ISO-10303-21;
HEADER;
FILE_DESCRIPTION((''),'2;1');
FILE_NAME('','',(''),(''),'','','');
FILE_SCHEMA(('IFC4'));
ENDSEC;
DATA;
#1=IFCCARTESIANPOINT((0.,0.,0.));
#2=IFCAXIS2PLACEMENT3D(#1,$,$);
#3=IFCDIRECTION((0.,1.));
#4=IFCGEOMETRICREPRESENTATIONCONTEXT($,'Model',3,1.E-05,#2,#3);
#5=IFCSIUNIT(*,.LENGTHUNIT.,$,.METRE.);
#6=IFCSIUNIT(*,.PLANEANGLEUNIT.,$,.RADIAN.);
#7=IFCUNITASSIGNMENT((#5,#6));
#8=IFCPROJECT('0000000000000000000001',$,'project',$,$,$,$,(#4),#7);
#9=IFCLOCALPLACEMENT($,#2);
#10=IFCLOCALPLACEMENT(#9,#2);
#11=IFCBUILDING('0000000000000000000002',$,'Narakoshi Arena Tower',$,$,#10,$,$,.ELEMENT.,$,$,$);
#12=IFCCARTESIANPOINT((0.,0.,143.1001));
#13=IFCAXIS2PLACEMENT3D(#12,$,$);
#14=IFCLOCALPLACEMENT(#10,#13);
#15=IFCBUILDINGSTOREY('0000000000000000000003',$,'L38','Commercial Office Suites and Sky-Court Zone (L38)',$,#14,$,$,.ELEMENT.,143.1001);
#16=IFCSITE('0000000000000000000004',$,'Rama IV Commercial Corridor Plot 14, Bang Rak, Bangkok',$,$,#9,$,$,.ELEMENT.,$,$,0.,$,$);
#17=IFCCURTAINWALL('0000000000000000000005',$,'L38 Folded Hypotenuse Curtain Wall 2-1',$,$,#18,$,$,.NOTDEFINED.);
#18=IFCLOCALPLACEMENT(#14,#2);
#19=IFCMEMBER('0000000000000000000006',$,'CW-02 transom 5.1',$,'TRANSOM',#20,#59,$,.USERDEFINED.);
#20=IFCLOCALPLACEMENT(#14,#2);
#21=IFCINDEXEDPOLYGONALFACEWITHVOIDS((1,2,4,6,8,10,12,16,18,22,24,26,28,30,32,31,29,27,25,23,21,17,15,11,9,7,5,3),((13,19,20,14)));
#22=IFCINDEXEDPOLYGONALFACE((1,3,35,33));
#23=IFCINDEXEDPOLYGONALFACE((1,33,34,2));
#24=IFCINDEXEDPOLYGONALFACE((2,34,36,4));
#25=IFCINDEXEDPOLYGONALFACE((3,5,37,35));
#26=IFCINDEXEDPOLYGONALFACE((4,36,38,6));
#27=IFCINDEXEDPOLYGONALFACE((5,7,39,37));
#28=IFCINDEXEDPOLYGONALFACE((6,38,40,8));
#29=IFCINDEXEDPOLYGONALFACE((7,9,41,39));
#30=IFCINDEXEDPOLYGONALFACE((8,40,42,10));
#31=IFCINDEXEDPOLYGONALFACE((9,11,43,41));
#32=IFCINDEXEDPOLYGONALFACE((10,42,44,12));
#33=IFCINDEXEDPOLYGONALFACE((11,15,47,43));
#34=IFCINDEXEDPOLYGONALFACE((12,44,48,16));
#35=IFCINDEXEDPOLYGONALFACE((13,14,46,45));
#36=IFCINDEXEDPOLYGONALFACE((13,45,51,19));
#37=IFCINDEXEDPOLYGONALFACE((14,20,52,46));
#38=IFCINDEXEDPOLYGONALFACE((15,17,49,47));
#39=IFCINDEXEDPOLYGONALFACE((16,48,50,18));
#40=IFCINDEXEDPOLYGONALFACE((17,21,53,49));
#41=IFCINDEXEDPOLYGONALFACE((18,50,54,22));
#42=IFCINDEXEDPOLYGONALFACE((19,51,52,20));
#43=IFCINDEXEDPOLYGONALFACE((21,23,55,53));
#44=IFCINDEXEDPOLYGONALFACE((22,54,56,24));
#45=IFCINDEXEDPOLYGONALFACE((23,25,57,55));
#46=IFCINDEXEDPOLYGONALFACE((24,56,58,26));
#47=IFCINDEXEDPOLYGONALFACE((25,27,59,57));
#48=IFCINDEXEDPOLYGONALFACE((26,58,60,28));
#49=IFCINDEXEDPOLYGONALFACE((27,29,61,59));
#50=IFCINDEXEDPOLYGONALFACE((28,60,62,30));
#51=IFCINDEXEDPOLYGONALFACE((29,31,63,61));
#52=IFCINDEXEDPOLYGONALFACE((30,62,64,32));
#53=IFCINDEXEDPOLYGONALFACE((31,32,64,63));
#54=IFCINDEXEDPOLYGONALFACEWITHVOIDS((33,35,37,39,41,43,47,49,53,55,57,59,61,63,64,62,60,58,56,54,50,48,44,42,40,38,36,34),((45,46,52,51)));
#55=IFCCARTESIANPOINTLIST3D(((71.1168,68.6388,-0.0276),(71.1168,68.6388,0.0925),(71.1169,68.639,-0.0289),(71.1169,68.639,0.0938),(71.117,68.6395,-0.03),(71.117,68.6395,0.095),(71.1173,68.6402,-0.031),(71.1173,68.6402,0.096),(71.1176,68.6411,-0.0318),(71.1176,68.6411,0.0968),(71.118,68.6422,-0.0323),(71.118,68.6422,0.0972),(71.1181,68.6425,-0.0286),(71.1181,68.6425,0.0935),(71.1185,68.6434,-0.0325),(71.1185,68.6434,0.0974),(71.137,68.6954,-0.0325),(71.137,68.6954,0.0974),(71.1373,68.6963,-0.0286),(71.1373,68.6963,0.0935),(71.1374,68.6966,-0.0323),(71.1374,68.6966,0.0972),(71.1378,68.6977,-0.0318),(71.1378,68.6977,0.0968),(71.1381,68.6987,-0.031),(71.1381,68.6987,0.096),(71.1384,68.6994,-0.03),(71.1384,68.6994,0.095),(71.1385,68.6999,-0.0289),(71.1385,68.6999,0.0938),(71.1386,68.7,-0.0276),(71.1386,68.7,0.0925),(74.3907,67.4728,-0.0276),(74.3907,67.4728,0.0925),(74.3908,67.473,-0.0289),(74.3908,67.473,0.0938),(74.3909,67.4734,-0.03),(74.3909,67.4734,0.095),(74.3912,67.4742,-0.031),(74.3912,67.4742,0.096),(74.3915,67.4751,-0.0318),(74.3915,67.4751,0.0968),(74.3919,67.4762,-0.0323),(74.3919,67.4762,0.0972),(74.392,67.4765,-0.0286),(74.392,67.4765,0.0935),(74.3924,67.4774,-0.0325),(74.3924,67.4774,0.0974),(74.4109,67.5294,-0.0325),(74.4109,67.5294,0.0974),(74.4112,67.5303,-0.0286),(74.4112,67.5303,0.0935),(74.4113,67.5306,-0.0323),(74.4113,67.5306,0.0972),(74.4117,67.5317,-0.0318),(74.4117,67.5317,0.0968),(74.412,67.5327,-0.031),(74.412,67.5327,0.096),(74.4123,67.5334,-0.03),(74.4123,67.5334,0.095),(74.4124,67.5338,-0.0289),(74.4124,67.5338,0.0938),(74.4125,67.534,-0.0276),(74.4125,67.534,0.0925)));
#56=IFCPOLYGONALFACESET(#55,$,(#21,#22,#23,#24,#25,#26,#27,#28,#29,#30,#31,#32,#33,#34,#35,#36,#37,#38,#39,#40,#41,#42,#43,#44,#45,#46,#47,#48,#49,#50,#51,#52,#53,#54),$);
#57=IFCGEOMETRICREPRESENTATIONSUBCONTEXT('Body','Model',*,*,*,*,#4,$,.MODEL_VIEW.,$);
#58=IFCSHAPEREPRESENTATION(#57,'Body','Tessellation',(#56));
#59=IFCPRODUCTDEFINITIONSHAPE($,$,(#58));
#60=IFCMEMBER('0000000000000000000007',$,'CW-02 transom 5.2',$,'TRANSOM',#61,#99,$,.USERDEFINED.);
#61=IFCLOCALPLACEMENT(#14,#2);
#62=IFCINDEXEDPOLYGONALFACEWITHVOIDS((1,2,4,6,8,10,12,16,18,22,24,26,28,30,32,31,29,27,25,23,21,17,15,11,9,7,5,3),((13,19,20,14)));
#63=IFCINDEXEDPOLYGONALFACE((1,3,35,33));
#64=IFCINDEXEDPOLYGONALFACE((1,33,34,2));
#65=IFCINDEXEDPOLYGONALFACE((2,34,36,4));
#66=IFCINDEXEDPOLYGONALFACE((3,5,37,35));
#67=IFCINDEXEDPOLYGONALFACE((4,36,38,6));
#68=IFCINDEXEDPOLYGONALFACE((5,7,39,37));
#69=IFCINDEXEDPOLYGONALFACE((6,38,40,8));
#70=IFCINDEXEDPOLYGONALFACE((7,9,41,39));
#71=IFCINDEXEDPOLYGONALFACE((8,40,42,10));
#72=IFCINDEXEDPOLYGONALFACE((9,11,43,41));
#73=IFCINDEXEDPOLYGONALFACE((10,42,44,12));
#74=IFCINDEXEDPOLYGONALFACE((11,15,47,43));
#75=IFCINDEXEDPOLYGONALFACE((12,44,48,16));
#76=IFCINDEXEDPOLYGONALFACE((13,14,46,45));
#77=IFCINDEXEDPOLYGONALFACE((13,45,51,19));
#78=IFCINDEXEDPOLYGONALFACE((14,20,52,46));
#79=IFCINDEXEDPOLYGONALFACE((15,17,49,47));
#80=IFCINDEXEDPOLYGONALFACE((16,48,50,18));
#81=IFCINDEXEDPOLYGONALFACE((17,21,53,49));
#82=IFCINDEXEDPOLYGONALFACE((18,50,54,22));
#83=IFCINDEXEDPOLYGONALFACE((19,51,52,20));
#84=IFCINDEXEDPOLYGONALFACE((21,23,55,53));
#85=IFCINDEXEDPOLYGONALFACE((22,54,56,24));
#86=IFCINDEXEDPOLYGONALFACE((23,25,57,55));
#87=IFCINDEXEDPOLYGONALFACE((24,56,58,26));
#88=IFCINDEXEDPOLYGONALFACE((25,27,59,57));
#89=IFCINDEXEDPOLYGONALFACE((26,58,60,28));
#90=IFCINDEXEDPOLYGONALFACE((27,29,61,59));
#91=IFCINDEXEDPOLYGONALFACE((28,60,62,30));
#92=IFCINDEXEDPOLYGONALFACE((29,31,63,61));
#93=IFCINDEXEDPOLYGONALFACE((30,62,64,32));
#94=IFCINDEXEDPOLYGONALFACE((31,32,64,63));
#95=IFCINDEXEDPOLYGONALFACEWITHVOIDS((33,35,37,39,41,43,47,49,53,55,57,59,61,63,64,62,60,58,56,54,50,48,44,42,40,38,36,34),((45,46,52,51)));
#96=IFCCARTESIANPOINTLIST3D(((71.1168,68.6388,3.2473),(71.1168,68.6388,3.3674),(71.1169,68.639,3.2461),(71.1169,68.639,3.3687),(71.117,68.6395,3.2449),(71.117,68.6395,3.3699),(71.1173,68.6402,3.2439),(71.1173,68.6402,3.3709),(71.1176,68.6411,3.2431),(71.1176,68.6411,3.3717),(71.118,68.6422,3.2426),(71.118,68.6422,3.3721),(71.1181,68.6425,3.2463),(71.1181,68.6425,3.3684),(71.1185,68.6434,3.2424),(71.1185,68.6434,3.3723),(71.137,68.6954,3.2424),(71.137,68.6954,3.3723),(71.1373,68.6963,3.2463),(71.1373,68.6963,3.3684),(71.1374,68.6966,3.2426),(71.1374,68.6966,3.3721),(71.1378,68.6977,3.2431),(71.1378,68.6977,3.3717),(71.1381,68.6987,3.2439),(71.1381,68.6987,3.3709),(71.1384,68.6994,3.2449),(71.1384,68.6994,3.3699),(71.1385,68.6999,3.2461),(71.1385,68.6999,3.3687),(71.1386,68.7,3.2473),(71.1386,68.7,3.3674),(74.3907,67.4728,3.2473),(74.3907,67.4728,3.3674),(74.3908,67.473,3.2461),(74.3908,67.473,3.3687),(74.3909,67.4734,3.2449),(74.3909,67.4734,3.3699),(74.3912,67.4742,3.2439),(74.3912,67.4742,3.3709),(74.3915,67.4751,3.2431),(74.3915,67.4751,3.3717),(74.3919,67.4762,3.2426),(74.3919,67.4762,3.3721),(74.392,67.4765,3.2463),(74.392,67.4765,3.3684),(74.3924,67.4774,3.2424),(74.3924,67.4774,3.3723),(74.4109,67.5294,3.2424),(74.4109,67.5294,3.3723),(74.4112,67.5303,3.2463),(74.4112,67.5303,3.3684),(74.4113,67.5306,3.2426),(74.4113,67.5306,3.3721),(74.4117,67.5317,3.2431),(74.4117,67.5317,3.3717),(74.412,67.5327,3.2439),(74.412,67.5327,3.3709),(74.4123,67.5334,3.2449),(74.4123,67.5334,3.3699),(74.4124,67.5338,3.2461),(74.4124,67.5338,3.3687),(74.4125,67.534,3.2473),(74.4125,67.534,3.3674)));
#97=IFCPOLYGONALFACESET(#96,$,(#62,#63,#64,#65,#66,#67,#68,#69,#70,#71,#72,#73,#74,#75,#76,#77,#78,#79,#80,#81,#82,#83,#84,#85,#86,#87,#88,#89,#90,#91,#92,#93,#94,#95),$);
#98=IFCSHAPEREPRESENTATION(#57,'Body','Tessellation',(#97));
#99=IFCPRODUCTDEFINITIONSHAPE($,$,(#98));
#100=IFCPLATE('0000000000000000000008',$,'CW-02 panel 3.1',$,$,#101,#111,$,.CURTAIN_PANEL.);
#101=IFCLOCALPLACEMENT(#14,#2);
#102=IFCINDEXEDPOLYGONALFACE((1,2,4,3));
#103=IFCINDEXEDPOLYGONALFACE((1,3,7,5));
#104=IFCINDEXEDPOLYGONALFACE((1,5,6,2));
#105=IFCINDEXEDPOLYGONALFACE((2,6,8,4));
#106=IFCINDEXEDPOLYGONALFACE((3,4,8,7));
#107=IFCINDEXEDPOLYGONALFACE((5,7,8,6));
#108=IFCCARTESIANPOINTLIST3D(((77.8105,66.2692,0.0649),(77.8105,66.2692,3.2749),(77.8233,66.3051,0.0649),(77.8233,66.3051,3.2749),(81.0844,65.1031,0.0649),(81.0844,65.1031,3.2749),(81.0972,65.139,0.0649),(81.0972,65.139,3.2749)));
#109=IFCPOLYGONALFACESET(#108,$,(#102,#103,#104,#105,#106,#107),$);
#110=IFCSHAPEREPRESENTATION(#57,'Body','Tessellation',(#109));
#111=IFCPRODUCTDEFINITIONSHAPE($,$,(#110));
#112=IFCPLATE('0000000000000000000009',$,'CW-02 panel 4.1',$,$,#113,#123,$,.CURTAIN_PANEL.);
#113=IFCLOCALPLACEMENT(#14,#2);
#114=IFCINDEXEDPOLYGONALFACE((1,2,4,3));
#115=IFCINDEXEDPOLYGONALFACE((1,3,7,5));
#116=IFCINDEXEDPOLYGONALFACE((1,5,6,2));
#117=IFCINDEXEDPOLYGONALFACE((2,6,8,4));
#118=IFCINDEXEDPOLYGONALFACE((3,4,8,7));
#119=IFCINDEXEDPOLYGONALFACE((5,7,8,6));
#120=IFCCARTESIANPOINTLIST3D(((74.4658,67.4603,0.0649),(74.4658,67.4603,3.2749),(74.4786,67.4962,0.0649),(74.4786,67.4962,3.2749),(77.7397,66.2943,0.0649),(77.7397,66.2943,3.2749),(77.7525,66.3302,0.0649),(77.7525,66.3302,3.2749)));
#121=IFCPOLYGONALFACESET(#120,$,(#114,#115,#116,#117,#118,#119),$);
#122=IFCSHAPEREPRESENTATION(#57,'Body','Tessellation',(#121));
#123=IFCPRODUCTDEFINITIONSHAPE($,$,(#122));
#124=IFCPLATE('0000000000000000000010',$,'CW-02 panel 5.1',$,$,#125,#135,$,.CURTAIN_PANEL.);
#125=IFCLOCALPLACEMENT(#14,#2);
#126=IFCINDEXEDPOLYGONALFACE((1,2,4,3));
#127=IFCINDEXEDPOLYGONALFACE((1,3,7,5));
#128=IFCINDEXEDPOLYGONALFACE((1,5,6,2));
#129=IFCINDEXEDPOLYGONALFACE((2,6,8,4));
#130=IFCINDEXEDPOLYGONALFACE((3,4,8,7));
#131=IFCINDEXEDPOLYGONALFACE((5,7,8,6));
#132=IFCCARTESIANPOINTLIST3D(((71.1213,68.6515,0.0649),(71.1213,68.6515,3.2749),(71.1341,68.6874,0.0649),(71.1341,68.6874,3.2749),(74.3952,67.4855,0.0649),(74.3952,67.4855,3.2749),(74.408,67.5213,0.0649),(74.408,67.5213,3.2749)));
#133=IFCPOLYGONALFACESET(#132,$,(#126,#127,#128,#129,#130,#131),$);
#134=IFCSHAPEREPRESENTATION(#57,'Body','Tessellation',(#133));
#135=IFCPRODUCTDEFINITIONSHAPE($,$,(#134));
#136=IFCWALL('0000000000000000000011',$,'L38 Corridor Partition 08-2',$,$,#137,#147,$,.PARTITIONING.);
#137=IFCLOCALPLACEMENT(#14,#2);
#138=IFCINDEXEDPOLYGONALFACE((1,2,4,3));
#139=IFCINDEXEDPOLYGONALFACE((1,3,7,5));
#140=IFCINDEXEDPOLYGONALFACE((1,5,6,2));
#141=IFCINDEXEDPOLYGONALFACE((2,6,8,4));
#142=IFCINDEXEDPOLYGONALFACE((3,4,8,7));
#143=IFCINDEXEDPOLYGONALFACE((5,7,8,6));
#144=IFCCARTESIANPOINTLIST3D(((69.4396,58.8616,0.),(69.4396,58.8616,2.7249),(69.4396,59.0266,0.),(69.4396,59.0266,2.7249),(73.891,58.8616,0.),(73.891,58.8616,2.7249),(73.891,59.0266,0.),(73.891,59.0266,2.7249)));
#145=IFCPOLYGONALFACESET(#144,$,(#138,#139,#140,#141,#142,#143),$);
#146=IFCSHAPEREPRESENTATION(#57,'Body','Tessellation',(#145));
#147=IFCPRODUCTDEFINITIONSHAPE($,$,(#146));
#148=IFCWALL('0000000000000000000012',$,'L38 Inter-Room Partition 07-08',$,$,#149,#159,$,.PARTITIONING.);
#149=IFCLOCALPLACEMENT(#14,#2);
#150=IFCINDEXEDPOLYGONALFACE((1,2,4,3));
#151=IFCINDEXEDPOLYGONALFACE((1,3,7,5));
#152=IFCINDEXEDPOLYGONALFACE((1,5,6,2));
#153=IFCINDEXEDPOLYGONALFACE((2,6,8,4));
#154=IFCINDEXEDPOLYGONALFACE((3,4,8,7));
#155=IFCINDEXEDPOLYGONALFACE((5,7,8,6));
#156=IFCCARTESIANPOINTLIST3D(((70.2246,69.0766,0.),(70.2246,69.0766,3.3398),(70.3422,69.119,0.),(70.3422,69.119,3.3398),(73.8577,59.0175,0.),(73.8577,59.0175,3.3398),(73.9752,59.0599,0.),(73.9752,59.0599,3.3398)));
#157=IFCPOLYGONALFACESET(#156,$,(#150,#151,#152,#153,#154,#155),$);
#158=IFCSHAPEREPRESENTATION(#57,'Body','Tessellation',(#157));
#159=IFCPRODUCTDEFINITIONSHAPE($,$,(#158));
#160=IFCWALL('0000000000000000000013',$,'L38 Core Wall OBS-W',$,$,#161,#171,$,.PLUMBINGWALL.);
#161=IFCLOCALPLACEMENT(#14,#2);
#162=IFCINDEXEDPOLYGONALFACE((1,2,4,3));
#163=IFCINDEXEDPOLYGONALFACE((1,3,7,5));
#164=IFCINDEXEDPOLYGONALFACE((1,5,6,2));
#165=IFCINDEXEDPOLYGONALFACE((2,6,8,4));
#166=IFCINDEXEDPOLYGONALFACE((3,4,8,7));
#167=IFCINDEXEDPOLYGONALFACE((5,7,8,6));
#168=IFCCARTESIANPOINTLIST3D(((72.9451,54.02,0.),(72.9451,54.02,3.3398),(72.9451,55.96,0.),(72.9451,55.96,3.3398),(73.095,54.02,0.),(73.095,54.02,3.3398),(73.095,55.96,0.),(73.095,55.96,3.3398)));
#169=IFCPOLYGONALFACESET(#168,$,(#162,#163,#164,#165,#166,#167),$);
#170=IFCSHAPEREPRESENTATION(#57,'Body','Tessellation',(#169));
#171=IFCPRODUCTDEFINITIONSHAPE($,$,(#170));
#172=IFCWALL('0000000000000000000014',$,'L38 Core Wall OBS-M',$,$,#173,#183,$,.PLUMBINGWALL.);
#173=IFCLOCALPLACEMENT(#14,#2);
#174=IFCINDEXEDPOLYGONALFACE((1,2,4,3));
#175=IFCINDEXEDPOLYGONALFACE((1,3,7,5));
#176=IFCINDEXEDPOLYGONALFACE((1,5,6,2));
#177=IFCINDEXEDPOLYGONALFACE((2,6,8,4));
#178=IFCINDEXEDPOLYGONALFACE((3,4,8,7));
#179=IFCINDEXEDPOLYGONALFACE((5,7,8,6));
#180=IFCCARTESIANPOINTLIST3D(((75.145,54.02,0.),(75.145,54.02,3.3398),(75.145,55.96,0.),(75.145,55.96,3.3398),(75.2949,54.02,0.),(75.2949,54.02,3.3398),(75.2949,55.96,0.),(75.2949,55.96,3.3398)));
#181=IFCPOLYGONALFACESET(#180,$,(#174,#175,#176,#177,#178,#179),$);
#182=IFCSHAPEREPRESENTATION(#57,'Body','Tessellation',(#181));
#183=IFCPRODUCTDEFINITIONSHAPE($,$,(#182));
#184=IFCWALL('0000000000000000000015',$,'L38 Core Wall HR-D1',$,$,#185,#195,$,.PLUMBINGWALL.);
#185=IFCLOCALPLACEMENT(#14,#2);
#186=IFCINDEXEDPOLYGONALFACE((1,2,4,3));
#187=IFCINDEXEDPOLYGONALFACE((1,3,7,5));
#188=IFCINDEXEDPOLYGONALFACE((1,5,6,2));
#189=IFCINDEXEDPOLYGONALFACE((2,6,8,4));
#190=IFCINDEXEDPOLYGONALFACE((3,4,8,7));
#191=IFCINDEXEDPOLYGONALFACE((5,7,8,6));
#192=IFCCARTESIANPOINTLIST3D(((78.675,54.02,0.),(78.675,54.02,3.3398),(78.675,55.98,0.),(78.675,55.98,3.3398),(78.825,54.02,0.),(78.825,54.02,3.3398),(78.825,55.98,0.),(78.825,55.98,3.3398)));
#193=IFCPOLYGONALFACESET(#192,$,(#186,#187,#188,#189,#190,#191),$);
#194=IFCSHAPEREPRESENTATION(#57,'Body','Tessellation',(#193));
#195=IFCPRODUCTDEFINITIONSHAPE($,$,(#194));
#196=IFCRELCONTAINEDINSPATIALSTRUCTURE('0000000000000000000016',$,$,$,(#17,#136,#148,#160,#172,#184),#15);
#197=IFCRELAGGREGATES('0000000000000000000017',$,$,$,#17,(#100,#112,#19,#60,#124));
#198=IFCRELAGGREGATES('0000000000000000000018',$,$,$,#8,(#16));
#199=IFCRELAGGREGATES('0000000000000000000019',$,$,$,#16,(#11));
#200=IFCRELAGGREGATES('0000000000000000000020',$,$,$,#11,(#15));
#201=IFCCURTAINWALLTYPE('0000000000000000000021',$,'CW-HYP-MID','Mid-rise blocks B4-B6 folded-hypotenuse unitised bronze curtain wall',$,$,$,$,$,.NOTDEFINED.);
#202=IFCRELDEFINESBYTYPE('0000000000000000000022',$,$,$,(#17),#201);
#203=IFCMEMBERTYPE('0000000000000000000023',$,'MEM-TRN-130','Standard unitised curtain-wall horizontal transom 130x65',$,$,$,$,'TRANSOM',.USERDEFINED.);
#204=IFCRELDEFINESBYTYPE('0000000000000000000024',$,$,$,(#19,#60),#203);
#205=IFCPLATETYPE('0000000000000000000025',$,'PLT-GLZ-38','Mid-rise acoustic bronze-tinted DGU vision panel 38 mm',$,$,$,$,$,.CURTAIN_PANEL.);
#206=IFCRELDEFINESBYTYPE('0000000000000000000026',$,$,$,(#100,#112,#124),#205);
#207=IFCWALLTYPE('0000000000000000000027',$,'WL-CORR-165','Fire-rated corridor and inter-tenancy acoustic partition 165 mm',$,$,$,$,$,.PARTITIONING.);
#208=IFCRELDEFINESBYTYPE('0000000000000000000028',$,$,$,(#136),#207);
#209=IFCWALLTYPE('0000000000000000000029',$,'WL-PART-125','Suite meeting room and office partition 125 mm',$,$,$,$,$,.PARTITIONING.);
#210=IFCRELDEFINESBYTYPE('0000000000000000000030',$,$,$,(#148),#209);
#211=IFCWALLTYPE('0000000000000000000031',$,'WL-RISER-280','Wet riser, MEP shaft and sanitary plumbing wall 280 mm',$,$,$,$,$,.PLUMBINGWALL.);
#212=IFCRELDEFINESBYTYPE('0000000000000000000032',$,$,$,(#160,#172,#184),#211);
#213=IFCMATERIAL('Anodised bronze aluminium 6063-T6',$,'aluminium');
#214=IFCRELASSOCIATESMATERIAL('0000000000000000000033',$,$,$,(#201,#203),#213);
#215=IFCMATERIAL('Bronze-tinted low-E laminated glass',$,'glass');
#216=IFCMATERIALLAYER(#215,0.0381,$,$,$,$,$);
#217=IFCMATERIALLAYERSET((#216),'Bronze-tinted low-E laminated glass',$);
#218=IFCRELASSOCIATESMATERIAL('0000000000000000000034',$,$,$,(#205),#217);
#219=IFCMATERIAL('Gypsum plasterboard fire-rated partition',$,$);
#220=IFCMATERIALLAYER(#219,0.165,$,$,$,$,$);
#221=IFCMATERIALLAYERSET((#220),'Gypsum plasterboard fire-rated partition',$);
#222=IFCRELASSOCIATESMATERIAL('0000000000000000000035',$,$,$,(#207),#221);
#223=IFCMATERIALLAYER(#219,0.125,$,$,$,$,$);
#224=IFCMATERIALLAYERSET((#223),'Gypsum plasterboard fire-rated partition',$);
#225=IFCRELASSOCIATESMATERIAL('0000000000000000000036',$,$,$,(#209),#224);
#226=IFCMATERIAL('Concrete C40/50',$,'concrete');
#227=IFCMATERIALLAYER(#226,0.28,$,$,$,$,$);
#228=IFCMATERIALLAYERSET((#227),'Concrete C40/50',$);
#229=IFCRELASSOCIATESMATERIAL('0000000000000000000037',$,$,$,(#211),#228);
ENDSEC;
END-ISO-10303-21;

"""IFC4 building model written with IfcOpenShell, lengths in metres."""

from ifc_helpers import new_model, si_unit, direction, frame, frame_2d, origin, origin_2d, place, context, subcontext, project, spatial, rectangle, hollow_rectangle, extrude, material, layer, layer_set, material_profile, profile_set, type_object, element, aggregate, save


model = new_model("IFC4")

# Units and contexts
model_context = context("Model", 3, precision=1e-05, world=origin(), true_north=direction((0.0, 1.0)))
body_context = subcontext(model_context, "Body", "Model", "MODEL_VIEW")
ifc_project = project(units=[si_unit("LENGTHUNIT", "METRE"), si_unit("PLANEANGLEUNIT", "RADIAN")], contexts=[model_context])

# Site, building, storey
site_placement = place(None, origin())
site = spatial("IfcSite", under=ifc_project, at=site_placement, Name="Rama IV Commercial Corridor Plot 14, Bang Rak, Bangkok", CompositionType="ELEMENT", RefElevation=0.0)
building_placement = place(site_placement, origin())
building = spatial("IfcBuilding", under=site, at=building_placement, Name="Narakoshi Arena Tower", CompositionType="ELEMENT")
storey_placement = place(building_placement, frame((0.0, 0.0, 143.1001)))
storey = spatial("IfcBuildingStorey", under=building, at=storey_placement, Name="L38", Description="Commercial Office Suites and Sky-Court Zone (L38)", CompositionType="ELEMENT", Elevation=143.1001)

# Curtain wall, members, plates
ifc_material_1 = material(Name="Anodised bronze aluminium 6063-T6", Category="aluminium")
curtain_wall_type = type_object("IfcCurtainWallType", Name="CW-HYP-MID", Description="Mid-rise blocks B4-B6 folded-hypotenuse unitised bronze curtain wall", PredefinedType="NOTDEFINED", material=ifc_material_1)
curtain_wall_placement = place(storey_placement, origin())
curtain_wall = element("IfcCurtainWall", 1, at=curtain_wall_placement, inside=storey, type_object=curtain_wall_type, Name="L38 Folded Hypotenuse Curtain Wall 2-1", PredefinedType="NOTDEFINED")
ifc_material_profile_1 = material_profile(ifc_material_1, hollow_rectangle(XDim=0.0649, YDim=0.1299, WallThickness=0.0039, OuterFilletRadius=0.0049, at=origin_2d()), Name="TRN130x65x4")
ifc_profile_set_1 = profile_set([ifc_material_profile_1], Name="Anodised bronze aluminium 6063-T6")
member_type_1 = type_object("IfcMemberType", Name="MEM-TRN-130", Description="Standard unitised curtain-wall horizontal transom 130x65", ElementType="TRANSOM", PredefinedType="USERDEFINED", material=ifc_profile_set_1)
member_1_placement = place(storey_placement, frame((74.4016, 67.5034, 0.0325), z_axis=(-0.942037, 0.335509, 0.0), x_axis=(-0.335509, -0.942037, 0.0)))
member_1 = element("IfcMember", 2, at=member_1_placement, type_object=member_type_1, Name="CW-02 transom 5.1", ObjectType="TRANSOM", PredefinedType="USERDEFINED", context=body_context, shape_type="SweptSolid", body=[
    extrude(hollow_rectangle(XDim=0.0649, YDim=0.1299, WallThickness=0.0039, OuterFilletRadius=0.0049, at=origin_2d()), origin(), (0.0, 0.0, 1.0), 3.4753),
])
member_2_placement = place(storey_placement, frame((74.4016, 67.5034, 3.3074), z_axis=(-0.942037, 0.335509, 0.0), x_axis=(-0.335509, -0.942037, 0.0)))
member_2 = element("IfcMember", 3, at=member_2_placement, type_object=member_type_1, Name="CW-02 transom 5.2", ObjectType="TRANSOM", PredefinedType="USERDEFINED", context=body_context, shape_type="SweptSolid", body=[
    extrude(hollow_rectangle(XDim=0.0649, YDim=0.1299, WallThickness=0.0039, OuterFilletRadius=0.0049, at=origin_2d()), origin(), (0.0, 0.0, 1.0), 3.4753),
])
ifc_material_2 = material(Name="Bronze-tinted low-E laminated glass", Category="glass")
ifc_layer_1 = layer(ifc_material_2, 0.0381)
ifc_layer_set_1 = layer_set([ifc_layer_1], Name="Bronze-tinted low-E laminated glass")
plate_type = type_object("IfcPlateType", Name="PLT-GLZ-38", Description="Mid-rise acoustic bronze-tinted DGU vision panel 38 mm", PredefinedType="CURTAIN_PANEL", material=ifc_layer_set_1)
plate_1_placement = place(storey_placement, frame((79.4539, 65.7041, 0.0649), z_axis=(0.0, 0.0, 1.0), x_axis=(-0.942034, 0.335518, 0.0)))
plate_1 = element("IfcPlate", 4, at=plate_1_placement, type_object=plate_type, Name="CW-02 panel 3.1", PredefinedType="CURTAIN_PANEL", context=body_context, shape_type="SweptSolid", body=[
    extrude(rectangle(XDim=3.4753, YDim=0.0381, at=origin_2d()), origin(), (0.0, 0.0, 1.0), 3.21),
])
plate_2_placement = place(storey_placement, frame((76.1091, 66.8953, 0.0649), z_axis=(0.0, 0.0, 1.0), x_axis=(-0.942034, 0.335518, 0.0)))
plate_2 = element("IfcPlate", 5, at=plate_2_placement, type_object=plate_type, Name="CW-02 panel 4.1", PredefinedType="CURTAIN_PANEL", context=body_context, shape_type="SweptSolid", body=[
    extrude(rectangle(XDim=3.4753, YDim=0.0381, at=origin_2d()), origin(), (0.0, 0.0, 1.0), 3.21),
])
plate_3_placement = place(storey_placement, frame((72.7646, 68.0864, 0.0649), z_axis=(0.0, 0.0, 1.0), x_axis=(-0.942034, 0.335518, 0.0)))
plate_3 = element("IfcPlate", 6, at=plate_3_placement, type_object=plate_type, Name="CW-02 panel 5.1", PredefinedType="CURTAIN_PANEL", context=body_context, shape_type="SweptSolid", body=[
    extrude(rectangle(XDim=3.4753, YDim=0.0381, at=origin_2d()), origin(), (0.0, 0.0, 1.0), 3.21),
])
aggregate(curtain_wall, [plate_1, plate_2, member_1, member_2, plate_3])

# Walls
ifc_material_3 = material(Name="Gypsum plasterboard fire-rated partition")
ifc_layer_2 = layer(ifc_material_3, 0.165)
ifc_layer_set_2 = layer_set([ifc_layer_2], Name="Gypsum plasterboard fire-rated partition")
wall_type_1 = type_object("IfcWallType", Name="WL-CORR-165", Description="Fire-rated corridor and inter-tenancy acoustic partition 165 mm", PredefinedType="PARTITIONING", material=ifc_layer_set_2)
wall_1_placement = place(storey_placement, frame((73.8909, 58.9441, 0.0), z_axis=(0.0, 0.0, 1.0), x_axis=(-1.0, 0.0, 0.0)))
element("IfcWall", 7, at=wall_1_placement, inside=storey, type_object=wall_type_1, Name="L38 Corridor Partition 08-2", PredefinedType="PARTITIONING", context=body_context, shape_type="SweptSolid", body=[
    extrude(rectangle(XDim=4.4514, YDim=0.165, at=frame_2d((2.2256, 0.0))), origin(), (0.0, 0.0, 1.0), 2.7249),
])
ifc_layer_3 = layer(ifc_material_3, 0.125)
ifc_layer_set_3 = layer_set([ifc_layer_3], Name="Gypsum plasterboard fire-rated partition")
wall_type_2 = type_object("IfcWallType", Name="WL-PART-125", Description="Suite meeting room and office partition 125 mm", PredefinedType="PARTITIONING", material=ifc_layer_set_3)
wall_2_placement = place(storey_placement, frame((73.9165, 59.0386, 0.0), z_axis=(0.0, 0.0, 1.0), x_axis=(-0.339695, 0.940536, 0.0)))
element("IfcWall", 8, at=wall_2_placement, inside=storey, type_object=wall_type_2, Name="L38 Inter-Room Partition 07-08", PredefinedType="PARTITIONING", context=body_context, shape_type="SweptSolid", body=[
    extrude(rectangle(XDim=10.6951, YDim=0.125, at=frame_2d((5.3477, 0.0))), origin(), (0.0, 0.0, 1.0), 3.3398),
])
ifc_material_4 = material(Name="Concrete C40/50", Category="concrete")
ifc_layer_4 = layer(ifc_material_4, 0.28)
ifc_layer_set_4 = layer_set([ifc_layer_4], Name="Concrete C40/50")
wall_type_3 = type_object("IfcWallType", Name="WL-RISER-280", Description="Wet riser, MEP shaft and sanitary plumbing wall 280 mm", PredefinedType="PLUMBINGWALL", material=ifc_layer_set_4)
for number, where, z_axis, x_axis, name in (
    (9, (73.02, 54.02, 0.0), (0.0, 0.0, 1.0), (0.0, 1.0, 0.0), "L38 Core Wall OBS-W"),
    (10, (75.22, 54.02, 0.0), (0.0, 0.0, 1.0), (0.0, 1.0, 0.0), "L38 Core Wall OBS-M"),
):
    element("IfcWall", number, at=place(storey_placement, frame(where, z_axis=z_axis, x_axis=x_axis)), inside=storey, type_object=wall_type_3, Name=name, PredefinedType="PLUMBINGWALL", context=body_context, shape_type="SweptSolid", body=[
        extrude(rectangle(XDim=1.9399, YDim=0.1499, at=frame_2d((0.97, 0.0))), origin(), (0.0, 0.0, 1.0), 3.3398),
    ])
wall_3_placement = place(storey_placement, frame((78.75, 54.02, 0.0), z_axis=(0.0, 0.0, 1.0), x_axis=(0.0, 1.0, 0.0)))
element("IfcWall", 11, at=wall_3_placement, inside=storey, type_object=wall_type_3, Name="L38 Core Wall HR-D1", PredefinedType="PLUMBINGWALL", context=body_context, shape_type="SweptSolid", body=[
    extrude(rectangle(XDim=1.96, YDim=0.1499, at=frame_2d((0.98, 0.0))), origin(), (0.0, 0.0, 1.0), 3.3398),
])

save(model, "model.ifc")
